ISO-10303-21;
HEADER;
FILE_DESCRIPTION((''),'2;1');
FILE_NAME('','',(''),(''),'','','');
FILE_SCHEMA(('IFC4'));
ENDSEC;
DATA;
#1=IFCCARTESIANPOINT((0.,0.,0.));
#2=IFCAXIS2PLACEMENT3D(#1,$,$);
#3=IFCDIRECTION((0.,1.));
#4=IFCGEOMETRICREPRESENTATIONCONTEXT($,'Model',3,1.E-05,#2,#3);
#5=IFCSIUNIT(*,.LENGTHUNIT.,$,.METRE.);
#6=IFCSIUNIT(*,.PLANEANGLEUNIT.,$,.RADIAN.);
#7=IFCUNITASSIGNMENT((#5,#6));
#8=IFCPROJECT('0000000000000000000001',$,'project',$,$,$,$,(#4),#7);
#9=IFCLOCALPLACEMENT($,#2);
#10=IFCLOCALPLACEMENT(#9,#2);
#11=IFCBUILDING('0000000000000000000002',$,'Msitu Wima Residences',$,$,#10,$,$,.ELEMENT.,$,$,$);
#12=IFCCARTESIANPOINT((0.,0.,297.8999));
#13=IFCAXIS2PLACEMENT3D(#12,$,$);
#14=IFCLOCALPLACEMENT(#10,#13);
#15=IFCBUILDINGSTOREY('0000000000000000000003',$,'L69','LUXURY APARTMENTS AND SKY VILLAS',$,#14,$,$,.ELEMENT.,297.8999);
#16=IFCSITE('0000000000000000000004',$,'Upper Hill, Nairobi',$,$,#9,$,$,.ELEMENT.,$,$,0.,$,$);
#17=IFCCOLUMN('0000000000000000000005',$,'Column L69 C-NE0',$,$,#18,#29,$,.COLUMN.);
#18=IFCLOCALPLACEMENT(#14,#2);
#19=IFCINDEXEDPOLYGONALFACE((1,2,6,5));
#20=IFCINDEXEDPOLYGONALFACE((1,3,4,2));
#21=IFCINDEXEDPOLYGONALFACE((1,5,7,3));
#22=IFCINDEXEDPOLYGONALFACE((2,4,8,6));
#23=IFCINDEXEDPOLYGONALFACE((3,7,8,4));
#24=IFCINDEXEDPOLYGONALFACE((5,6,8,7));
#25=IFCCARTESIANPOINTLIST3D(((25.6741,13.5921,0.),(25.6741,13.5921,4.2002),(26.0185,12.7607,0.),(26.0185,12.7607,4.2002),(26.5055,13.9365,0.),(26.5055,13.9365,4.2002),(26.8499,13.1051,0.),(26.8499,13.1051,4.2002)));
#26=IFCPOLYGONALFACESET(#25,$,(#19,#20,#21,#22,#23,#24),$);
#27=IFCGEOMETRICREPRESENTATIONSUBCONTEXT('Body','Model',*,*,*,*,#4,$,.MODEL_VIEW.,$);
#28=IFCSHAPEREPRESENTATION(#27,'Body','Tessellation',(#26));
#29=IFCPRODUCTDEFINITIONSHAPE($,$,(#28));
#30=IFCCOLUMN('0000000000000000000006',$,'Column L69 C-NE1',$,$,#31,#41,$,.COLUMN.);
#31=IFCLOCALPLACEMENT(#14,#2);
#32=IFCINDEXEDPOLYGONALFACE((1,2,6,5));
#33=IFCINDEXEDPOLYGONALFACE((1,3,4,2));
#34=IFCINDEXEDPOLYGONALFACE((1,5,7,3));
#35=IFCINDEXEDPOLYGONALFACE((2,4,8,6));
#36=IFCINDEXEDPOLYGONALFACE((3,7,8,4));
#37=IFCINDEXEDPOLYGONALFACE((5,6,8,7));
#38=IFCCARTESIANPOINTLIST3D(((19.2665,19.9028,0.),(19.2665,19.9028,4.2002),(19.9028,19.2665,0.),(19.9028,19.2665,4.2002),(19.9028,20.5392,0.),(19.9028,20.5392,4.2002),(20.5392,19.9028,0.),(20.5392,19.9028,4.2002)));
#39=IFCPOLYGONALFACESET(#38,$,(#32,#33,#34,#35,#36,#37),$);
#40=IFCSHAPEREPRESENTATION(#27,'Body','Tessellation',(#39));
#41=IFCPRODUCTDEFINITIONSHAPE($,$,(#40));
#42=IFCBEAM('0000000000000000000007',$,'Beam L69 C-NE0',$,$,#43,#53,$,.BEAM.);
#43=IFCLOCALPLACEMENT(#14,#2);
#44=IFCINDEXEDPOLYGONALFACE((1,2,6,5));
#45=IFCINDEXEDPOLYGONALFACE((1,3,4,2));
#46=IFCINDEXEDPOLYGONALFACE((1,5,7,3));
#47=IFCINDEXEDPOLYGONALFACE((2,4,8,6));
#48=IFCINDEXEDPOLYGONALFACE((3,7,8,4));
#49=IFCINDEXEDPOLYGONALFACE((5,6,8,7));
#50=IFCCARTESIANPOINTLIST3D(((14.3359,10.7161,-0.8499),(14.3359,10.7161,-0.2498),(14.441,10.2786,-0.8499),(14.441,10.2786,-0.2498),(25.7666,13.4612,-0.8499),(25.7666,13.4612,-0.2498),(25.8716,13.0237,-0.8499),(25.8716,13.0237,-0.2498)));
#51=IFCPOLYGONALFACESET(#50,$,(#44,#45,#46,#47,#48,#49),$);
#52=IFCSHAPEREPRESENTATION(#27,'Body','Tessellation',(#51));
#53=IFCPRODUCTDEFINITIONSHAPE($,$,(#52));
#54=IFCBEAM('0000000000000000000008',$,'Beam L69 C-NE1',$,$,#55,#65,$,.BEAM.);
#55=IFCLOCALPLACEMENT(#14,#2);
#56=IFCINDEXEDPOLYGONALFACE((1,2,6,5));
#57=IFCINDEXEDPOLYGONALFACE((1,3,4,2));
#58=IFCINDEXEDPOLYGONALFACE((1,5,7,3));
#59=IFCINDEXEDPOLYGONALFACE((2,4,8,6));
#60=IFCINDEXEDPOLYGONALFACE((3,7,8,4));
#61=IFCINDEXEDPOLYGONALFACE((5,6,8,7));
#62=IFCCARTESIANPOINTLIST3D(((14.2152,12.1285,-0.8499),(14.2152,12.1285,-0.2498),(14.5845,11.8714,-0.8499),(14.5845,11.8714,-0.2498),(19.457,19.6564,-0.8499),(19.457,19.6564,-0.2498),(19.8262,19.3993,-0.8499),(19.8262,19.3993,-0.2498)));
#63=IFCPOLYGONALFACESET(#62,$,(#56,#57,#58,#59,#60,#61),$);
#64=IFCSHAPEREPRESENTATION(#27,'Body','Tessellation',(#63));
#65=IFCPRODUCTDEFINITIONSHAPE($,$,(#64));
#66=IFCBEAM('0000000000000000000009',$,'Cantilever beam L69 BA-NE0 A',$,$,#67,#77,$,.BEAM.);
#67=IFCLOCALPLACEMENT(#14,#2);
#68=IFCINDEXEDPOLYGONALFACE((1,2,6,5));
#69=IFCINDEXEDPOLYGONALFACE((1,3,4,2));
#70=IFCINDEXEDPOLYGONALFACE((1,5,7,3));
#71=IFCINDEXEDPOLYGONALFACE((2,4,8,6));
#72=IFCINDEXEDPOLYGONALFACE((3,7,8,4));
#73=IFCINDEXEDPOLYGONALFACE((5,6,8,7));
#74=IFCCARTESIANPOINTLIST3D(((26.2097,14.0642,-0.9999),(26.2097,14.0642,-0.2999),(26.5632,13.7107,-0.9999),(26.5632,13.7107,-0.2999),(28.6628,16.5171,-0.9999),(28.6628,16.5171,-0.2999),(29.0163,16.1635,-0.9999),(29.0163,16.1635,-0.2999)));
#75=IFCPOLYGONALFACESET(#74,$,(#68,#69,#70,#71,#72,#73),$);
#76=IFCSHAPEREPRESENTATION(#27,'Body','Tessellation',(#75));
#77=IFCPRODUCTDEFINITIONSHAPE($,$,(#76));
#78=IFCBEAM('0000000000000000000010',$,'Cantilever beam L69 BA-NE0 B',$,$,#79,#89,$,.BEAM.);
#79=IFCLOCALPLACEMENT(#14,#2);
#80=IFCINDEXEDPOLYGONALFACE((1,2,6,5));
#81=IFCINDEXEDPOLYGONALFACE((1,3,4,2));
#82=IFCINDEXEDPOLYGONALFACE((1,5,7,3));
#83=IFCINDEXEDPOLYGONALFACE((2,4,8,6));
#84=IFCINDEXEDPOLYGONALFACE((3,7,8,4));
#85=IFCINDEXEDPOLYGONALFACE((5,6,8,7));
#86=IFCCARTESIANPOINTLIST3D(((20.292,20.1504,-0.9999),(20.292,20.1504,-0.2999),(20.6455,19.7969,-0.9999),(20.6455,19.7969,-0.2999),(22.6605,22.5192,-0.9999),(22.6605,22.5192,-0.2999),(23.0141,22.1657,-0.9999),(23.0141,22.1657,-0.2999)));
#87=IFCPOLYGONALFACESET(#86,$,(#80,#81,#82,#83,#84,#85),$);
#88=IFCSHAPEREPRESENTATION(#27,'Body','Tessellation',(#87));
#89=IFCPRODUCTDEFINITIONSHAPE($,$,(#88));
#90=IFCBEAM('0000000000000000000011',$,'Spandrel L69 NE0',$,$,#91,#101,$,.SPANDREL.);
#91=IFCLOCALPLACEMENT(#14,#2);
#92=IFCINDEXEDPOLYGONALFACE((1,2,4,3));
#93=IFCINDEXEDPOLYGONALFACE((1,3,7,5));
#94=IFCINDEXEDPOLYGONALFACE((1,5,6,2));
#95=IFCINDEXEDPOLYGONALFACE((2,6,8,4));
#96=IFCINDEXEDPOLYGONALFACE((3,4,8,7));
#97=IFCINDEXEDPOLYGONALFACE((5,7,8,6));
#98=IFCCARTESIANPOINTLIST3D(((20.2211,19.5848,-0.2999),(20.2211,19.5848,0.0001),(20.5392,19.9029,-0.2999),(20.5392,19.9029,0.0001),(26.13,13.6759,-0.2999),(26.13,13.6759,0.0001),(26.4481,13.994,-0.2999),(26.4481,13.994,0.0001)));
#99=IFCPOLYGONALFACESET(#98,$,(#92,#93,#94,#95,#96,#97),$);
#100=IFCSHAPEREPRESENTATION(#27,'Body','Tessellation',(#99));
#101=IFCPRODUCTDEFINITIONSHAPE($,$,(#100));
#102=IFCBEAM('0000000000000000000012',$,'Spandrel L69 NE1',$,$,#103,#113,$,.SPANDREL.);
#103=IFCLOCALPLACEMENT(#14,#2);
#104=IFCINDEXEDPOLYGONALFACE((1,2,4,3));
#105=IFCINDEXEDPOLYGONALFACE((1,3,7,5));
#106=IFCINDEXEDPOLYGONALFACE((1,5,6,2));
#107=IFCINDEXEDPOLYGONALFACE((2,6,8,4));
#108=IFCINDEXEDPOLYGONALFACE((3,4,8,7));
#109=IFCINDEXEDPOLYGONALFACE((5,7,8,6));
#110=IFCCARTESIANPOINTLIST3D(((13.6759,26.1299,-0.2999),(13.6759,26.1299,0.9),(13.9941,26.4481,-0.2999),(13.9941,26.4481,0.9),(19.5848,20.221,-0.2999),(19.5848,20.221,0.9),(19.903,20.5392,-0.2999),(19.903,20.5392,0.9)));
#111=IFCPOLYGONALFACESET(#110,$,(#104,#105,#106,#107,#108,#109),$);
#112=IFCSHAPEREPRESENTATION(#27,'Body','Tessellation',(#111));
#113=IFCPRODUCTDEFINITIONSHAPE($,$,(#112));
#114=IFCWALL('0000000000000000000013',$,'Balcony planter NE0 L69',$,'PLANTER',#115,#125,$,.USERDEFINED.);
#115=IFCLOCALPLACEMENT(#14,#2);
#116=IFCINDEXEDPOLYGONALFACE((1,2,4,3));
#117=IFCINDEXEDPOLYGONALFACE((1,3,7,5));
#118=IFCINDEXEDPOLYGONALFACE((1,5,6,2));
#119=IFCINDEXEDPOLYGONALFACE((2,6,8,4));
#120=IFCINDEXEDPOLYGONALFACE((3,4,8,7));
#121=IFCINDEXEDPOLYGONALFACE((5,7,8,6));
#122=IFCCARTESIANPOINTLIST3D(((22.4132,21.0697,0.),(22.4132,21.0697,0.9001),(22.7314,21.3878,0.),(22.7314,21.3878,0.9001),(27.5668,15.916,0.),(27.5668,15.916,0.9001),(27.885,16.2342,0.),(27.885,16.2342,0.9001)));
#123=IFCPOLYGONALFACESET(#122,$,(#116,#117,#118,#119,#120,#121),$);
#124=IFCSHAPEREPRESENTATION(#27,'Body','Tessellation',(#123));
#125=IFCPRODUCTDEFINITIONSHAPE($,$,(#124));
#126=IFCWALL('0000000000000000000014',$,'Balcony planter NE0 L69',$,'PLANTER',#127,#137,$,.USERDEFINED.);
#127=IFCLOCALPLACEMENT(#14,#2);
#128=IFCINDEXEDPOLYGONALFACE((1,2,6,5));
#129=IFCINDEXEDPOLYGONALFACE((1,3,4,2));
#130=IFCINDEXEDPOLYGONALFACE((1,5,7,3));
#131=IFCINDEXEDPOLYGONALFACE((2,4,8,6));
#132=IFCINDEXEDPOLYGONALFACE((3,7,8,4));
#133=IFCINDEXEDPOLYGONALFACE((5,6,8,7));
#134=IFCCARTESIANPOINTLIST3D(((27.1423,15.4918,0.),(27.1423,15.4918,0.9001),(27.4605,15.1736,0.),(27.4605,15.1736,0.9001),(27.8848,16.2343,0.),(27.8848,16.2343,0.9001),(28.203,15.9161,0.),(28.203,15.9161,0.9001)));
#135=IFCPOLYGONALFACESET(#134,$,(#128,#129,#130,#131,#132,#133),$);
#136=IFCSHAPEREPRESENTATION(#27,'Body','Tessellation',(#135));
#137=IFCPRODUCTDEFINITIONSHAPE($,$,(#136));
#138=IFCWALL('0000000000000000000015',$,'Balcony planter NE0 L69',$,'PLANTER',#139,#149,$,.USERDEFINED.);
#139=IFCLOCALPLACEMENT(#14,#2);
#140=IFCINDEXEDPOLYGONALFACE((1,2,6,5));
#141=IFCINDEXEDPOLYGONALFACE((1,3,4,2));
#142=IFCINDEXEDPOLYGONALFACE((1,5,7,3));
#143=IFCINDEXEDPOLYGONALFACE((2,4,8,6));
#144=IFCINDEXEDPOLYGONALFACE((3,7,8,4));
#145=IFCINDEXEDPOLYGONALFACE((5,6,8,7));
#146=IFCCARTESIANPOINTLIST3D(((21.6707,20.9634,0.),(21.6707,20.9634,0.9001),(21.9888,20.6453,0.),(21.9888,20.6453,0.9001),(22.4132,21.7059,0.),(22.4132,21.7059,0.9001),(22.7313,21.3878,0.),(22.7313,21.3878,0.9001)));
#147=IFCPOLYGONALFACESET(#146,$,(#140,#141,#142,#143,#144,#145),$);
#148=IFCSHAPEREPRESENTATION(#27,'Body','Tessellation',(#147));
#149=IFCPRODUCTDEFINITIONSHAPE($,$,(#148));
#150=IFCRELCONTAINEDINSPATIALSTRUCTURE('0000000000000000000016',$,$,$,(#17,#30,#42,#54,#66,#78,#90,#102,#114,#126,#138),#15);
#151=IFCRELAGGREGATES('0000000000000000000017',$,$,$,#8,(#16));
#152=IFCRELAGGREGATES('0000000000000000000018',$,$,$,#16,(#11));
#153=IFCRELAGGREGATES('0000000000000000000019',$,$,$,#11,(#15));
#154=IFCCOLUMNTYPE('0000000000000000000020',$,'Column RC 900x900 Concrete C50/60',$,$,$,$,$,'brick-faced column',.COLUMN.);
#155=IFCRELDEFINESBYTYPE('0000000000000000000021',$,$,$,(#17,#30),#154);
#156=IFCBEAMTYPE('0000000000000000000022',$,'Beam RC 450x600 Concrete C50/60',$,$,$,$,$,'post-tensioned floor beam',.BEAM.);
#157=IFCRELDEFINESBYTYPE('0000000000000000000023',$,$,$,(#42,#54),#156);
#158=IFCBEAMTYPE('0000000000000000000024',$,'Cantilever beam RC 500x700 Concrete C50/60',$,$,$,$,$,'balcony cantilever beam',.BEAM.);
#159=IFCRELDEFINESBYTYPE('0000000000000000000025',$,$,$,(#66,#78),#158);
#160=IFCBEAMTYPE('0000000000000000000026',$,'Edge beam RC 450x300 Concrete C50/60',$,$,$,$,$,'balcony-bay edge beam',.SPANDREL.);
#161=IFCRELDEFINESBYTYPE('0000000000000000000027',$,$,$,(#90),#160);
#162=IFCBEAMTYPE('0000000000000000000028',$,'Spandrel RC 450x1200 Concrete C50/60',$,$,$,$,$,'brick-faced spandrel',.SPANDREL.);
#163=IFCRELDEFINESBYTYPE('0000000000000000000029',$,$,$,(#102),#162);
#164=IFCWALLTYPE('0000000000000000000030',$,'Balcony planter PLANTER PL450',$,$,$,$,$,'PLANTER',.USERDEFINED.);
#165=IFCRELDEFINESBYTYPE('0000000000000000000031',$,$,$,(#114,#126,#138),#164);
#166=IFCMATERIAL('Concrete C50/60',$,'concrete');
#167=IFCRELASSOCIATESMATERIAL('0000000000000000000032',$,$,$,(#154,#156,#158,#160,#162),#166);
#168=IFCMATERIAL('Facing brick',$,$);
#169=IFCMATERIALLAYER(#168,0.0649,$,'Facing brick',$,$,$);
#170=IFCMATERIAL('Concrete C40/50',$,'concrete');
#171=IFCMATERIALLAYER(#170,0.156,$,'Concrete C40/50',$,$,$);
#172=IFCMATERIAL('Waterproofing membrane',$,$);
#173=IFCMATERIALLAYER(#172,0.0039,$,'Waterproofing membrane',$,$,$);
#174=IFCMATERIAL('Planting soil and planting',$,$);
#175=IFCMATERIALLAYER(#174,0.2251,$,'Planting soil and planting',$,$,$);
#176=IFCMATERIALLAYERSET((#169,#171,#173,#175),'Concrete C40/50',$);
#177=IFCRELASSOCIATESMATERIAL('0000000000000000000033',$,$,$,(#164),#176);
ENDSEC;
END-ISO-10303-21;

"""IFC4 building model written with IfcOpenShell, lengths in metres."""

from ifc_helpers import new_model, si_unit, direction, frame, frame_2d, origin, origin_2d, place, context, subcontext, project, spatial, rectangle, extrude, material, layer, layer_set, material_profile, profile_set, type_object, element, save


model = new_model("IFC4")

# Units and contexts
model_context = context("Model", 3, precision=1e-05, world=origin(), true_north=direction((0.0, 1.0)))
body_context = subcontext(model_context, "Body", "Model", "MODEL_VIEW")
ifc_project = project(units=[si_unit("LENGTHUNIT", "METRE"), si_unit("PLANEANGLEUNIT", "RADIAN")], contexts=[model_context])

# Site, building, storey
site_placement = place(None, origin())
site = spatial("IfcSite", under=ifc_project, at=site_placement, Name="Upper Hill, Nairobi", CompositionType="ELEMENT", RefElevation=0.0)
building_placement = place(site_placement, origin())
building = spatial("IfcBuilding", under=site, at=building_placement, Name="Msitu Wima Residences", CompositionType="ELEMENT")
storey_placement = place(building_placement, frame((0.0, 0.0, 297.8999)))
storey = spatial("IfcBuildingStorey", under=building, at=storey_placement, Name="L69", Description="LUXURY APARTMENTS AND SKY VILLAS", CompositionType="ELEMENT", Elevation=297.8999)

# Columns
ifc_material_1 = material(Name="Concrete C50/60", Category="concrete")
ifc_material_profile_1 = material_profile(ifc_material_1, rectangle(XDim=0.8999, YDim=0.8999, at=origin_2d()), Name="RC 900x900")
ifc_profile_set_1 = profile_set([ifc_material_profile_1], Name="Concrete C50/60")
column_type = type_object("IfcColumnType", Name="Column RC 900x900 Concrete C50/60", ElementType="brick-faced column", PredefinedType="COLUMN", material=ifc_profile_set_1)
for number, where, z_axis, x_axis, name in (
    (1, (26.262, 13.3486, 0.0), (0.0, 0.0, 1.0), (-0.382683, 0.92388, 0.0), "Column L69 C-NE0"),
    (2, (19.9028, 19.9028, 0.0), (0.0, 0.0, 1.0), (-0.707107, 0.707107, 0.0), "Column L69 C-NE1"),
):
    element("IfcColumn", number, at=place(storey_placement, frame(where, z_axis=z_axis, x_axis=x_axis)), inside=storey, type_object=column_type, Name=name, PredefinedType="COLUMN", context=body_context, shape_type="SweptSolid", body=[
        extrude(rectangle(XDim=0.8999, YDim=0.8999, at=origin_2d()), origin(), (0.0, 0.0, 1.0), 4.2002),
    ])

# Beams
ifc_material_profile_2 = material_profile(ifc_material_1, rectangle(XDim=0.45, YDim=0.6001, at=origin_2d()), Name="RC 450x600")
ifc_profile_set_2 = profile_set([ifc_material_profile_2], Name="Concrete C50/60")
beam_type_1 = type_object("IfcBeamType", Name="Beam RC 450x600 Concrete C50/60", ElementType="post-tensioned floor beam", PredefinedType="BEAM", material=ifc_profile_set_2)
beam_1_placement = place(storey_placement, frame((25.8191, 13.2424, -0.5498), z_axis=(-0.972353, -0.233514, 0.0), x_axis=(0.233514, -0.972353, 0.0)))
element("IfcBeam", 3, at=beam_1_placement, inside=storey, type_object=beam_type_1, Name="Beam L69 C-NE0", PredefinedType="BEAM", context=body_context, shape_type="SweptSolid", body=[
    extrude(rectangle(XDim=0.45, YDim=0.6001, at=origin_2d()), origin(), (0.0, 0.0, 1.0), 11.7556),
])
beam_2_placement = place(storey_placement, frame((19.6416, 19.5278, -0.5498), z_axis=(-0.571428, -0.820652, 0.0), x_axis=(0.820652, -0.571428, 0.0)))
element("IfcBeam", 4, at=beam_2_placement, inside=storey, type_object=beam_type_1, Name="Beam L69 C-NE1", PredefinedType="BEAM", context=body_context, shape_type="SweptSolid", body=[
    extrude(rectangle(XDim=0.45, YDim=0.6001, at=origin_2d()), origin(), (0.0, 0.0, 1.0), 9.1731),
])
ifc_material_profile_3 = material_profile(ifc_material_1, rectangle(XDim=0.5, YDim=0.7, at=origin_2d()), Name="RC 500x700")
ifc_profile_set_3 = profile_set([ifc_material_profile_3], Name="Concrete C50/60")
beam_type_2 = type_object("IfcBeamType", Name="Cantilever beam RC 500x700 Concrete C50/60", ElementType="balcony cantilever beam", PredefinedType="BEAM", material=ifc_profile_set_3)
beam_3_placement = place(storey_placement, frame((26.3865, 13.8875, -0.6499), z_axis=(0.707142, 0.707072, 0.0), x_axis=(-0.707072, 0.707142, 0.0)))
element("IfcBeam", 5, at=beam_3_placement, inside=storey, type_object=beam_type_2, Name="Cantilever beam L69 BA-NE0 A", PredefinedType="BEAM", context=body_context, shape_type="SweptSolid", body=[
    extrude(rectangle(XDim=0.5, YDim=0.7, at=origin_2d()), origin(), (0.0, 0.0, 1.0), 3.469),
])
beam_4_placement = place(storey_placement, frame((20.4688, 19.9736, -0.6499), z_axis=(0.70707, 0.707143, 0.0), x_axis=(-0.707143, 0.70707, 0.0)))
element("IfcBeam", 6, at=beam_4_placement, inside=storey, type_object=beam_type_2, Name="Cantilever beam L69 BA-NE0 B", PredefinedType="BEAM", context=body_context, shape_type="SweptSolid", body=[
    extrude(rectangle(XDim=0.5, YDim=0.7, at=origin_2d()), origin(), (0.0, 0.0, 1.0), 3.3499),
])
ifc_material_profile_4 = material_profile(ifc_material_1, rectangle(XDim=0.45, YDim=0.3, at=origin_2d()), Name="RC 450x300")
ifc_profile_set_4 = profile_set([ifc_material_profile_4], Name="Concrete C50/60")
beam_type_3 = type_object("IfcBeamType", Name="Edge beam RC 450x300 Concrete C50/60", ElementType="balcony-bay edge beam", PredefinedType="SPANDREL", material=ifc_profile_set_4)
beam_5_placement = place(storey_placement, frame((26.2891, 13.835, -0.1499), z_axis=(-0.707107, 0.707107, 0.0), x_axis=(-0.707107, -0.707107, 0.0)))
element("IfcBeam", 7, at=beam_5_placement, inside=storey, type_object=beam_type_3, Name="Spandrel L69 NE0", PredefinedType="SPANDREL", context=body_context, shape_type="SweptSolid", body=[
    extrude(rectangle(XDim=0.45, YDim=0.3, at=origin_2d()), origin(), (0.0, 0.0, 1.0), 8.3564),
])
ifc_material_profile_5 = material_profile(ifc_material_1, rectangle(XDim=0.45, YDim=1.2, at=origin_2d()), Name="RC 450x1200")
ifc_profile_set_5 = profile_set([ifc_material_profile_5], Name="Concrete C50/60")
beam_type_4 = type_object("IfcBeamType", Name="Spandrel RC 450x1200 Concrete C50/60", ElementType="brick-faced spandrel", PredefinedType="SPANDREL", material=ifc_profile_set_5)
beam_6_placement = place(storey_placement, frame((19.7439, 20.3801, 0.3), z_axis=(-0.707107, 0.707107, 0.0), x_axis=(-0.707107, -0.707107, 0.0)))
element("IfcBeam", 8, at=beam_6_placement, inside=storey, type_object=beam_type_4, Name="Spandrel L69 NE1", PredefinedType="SPANDREL", context=body_context, shape_type="SweptSolid", body=[
    extrude(rectangle(XDim=0.45, YDim=1.2, at=origin_2d()), origin(), (0.0, 0.0, 1.0), 8.3564),
])

# Walls
ifc_material_2 = material(Name="Facing brick")
ifc_layer_1 = layer(ifc_material_2, 0.0649, Name="Facing brick")
ifc_material_3 = material(Name="Concrete C40/50", Category="concrete")
ifc_layer_2 = layer(ifc_material_3, 0.156, Name="Concrete C40/50")
ifc_material_4 = material(Name="Waterproofing membrane")
ifc_layer_3 = layer(ifc_material_4, 0.0039, Name="Waterproofing membrane")
ifc_material_5 = material(Name="Planting soil and planting")
ifc_layer_4 = layer(ifc_material_5, 0.2251, Name="Planting soil and planting")
ifc_layer_set_1 = layer_set([ifc_layer_1, ifc_layer_2, ifc_layer_3, ifc_layer_4], Name="Concrete C40/50")
wall_type_1 = type_object("IfcWallType", Name="Balcony planter PLANTER PL450", ElementType="PLANTER", PredefinedType="USERDEFINED", material=ifc_layer_set_1)
wall_1_placement = place(storey_placement, frame((27.7258, 16.0752, 0.0), z_axis=(0.0, 0.0, 1.0), x_axis=(-0.707107, 0.707107, 0.0)))
element("IfcWall", 9, at=wall_1_placement, inside=storey, type_object=wall_type_1, Name="Balcony planter NE0 L69", ObjectType="PLANTER", PredefinedType="USERDEFINED", context=body_context, shape_type="SweptSolid", body=[
    extrude(rectangle(XDim=7.2883, YDim=0.45, at=frame_2d((3.644, 0.0))), origin(), (0.0, 0.0, 1.0), 0.9001),
])
for number, where, z_axis, x_axis, name in (
    (10, (27.3015, 15.3328, 0.0), (0.0, 0.0, 1.0), (0.707107, 0.707107, 0.0), "Balcony planter NE0 L69"),
    (11, (21.8298, 20.8044, 0.0), (0.0, 0.0, 1.0), (0.707107, 0.707107, 0.0), "Balcony planter NE0 L69"),
):
    element("IfcWall", number, at=place(storey_placement, frame(where, z_axis=z_axis, x_axis=x_axis)), inside=storey, type_object=wall_type_1, Name=name, ObjectType="PLANTER", PredefinedType="USERDEFINED", context=body_context, shape_type="SweptSolid", body=[
        extrude(rectangle(XDim=1.05, YDim=0.45, at=frame_2d((0.5249, 0.0))), origin(), (0.0, 0.0, 1.0), 0.9001),
    ])

save(model, "model.ifc")
